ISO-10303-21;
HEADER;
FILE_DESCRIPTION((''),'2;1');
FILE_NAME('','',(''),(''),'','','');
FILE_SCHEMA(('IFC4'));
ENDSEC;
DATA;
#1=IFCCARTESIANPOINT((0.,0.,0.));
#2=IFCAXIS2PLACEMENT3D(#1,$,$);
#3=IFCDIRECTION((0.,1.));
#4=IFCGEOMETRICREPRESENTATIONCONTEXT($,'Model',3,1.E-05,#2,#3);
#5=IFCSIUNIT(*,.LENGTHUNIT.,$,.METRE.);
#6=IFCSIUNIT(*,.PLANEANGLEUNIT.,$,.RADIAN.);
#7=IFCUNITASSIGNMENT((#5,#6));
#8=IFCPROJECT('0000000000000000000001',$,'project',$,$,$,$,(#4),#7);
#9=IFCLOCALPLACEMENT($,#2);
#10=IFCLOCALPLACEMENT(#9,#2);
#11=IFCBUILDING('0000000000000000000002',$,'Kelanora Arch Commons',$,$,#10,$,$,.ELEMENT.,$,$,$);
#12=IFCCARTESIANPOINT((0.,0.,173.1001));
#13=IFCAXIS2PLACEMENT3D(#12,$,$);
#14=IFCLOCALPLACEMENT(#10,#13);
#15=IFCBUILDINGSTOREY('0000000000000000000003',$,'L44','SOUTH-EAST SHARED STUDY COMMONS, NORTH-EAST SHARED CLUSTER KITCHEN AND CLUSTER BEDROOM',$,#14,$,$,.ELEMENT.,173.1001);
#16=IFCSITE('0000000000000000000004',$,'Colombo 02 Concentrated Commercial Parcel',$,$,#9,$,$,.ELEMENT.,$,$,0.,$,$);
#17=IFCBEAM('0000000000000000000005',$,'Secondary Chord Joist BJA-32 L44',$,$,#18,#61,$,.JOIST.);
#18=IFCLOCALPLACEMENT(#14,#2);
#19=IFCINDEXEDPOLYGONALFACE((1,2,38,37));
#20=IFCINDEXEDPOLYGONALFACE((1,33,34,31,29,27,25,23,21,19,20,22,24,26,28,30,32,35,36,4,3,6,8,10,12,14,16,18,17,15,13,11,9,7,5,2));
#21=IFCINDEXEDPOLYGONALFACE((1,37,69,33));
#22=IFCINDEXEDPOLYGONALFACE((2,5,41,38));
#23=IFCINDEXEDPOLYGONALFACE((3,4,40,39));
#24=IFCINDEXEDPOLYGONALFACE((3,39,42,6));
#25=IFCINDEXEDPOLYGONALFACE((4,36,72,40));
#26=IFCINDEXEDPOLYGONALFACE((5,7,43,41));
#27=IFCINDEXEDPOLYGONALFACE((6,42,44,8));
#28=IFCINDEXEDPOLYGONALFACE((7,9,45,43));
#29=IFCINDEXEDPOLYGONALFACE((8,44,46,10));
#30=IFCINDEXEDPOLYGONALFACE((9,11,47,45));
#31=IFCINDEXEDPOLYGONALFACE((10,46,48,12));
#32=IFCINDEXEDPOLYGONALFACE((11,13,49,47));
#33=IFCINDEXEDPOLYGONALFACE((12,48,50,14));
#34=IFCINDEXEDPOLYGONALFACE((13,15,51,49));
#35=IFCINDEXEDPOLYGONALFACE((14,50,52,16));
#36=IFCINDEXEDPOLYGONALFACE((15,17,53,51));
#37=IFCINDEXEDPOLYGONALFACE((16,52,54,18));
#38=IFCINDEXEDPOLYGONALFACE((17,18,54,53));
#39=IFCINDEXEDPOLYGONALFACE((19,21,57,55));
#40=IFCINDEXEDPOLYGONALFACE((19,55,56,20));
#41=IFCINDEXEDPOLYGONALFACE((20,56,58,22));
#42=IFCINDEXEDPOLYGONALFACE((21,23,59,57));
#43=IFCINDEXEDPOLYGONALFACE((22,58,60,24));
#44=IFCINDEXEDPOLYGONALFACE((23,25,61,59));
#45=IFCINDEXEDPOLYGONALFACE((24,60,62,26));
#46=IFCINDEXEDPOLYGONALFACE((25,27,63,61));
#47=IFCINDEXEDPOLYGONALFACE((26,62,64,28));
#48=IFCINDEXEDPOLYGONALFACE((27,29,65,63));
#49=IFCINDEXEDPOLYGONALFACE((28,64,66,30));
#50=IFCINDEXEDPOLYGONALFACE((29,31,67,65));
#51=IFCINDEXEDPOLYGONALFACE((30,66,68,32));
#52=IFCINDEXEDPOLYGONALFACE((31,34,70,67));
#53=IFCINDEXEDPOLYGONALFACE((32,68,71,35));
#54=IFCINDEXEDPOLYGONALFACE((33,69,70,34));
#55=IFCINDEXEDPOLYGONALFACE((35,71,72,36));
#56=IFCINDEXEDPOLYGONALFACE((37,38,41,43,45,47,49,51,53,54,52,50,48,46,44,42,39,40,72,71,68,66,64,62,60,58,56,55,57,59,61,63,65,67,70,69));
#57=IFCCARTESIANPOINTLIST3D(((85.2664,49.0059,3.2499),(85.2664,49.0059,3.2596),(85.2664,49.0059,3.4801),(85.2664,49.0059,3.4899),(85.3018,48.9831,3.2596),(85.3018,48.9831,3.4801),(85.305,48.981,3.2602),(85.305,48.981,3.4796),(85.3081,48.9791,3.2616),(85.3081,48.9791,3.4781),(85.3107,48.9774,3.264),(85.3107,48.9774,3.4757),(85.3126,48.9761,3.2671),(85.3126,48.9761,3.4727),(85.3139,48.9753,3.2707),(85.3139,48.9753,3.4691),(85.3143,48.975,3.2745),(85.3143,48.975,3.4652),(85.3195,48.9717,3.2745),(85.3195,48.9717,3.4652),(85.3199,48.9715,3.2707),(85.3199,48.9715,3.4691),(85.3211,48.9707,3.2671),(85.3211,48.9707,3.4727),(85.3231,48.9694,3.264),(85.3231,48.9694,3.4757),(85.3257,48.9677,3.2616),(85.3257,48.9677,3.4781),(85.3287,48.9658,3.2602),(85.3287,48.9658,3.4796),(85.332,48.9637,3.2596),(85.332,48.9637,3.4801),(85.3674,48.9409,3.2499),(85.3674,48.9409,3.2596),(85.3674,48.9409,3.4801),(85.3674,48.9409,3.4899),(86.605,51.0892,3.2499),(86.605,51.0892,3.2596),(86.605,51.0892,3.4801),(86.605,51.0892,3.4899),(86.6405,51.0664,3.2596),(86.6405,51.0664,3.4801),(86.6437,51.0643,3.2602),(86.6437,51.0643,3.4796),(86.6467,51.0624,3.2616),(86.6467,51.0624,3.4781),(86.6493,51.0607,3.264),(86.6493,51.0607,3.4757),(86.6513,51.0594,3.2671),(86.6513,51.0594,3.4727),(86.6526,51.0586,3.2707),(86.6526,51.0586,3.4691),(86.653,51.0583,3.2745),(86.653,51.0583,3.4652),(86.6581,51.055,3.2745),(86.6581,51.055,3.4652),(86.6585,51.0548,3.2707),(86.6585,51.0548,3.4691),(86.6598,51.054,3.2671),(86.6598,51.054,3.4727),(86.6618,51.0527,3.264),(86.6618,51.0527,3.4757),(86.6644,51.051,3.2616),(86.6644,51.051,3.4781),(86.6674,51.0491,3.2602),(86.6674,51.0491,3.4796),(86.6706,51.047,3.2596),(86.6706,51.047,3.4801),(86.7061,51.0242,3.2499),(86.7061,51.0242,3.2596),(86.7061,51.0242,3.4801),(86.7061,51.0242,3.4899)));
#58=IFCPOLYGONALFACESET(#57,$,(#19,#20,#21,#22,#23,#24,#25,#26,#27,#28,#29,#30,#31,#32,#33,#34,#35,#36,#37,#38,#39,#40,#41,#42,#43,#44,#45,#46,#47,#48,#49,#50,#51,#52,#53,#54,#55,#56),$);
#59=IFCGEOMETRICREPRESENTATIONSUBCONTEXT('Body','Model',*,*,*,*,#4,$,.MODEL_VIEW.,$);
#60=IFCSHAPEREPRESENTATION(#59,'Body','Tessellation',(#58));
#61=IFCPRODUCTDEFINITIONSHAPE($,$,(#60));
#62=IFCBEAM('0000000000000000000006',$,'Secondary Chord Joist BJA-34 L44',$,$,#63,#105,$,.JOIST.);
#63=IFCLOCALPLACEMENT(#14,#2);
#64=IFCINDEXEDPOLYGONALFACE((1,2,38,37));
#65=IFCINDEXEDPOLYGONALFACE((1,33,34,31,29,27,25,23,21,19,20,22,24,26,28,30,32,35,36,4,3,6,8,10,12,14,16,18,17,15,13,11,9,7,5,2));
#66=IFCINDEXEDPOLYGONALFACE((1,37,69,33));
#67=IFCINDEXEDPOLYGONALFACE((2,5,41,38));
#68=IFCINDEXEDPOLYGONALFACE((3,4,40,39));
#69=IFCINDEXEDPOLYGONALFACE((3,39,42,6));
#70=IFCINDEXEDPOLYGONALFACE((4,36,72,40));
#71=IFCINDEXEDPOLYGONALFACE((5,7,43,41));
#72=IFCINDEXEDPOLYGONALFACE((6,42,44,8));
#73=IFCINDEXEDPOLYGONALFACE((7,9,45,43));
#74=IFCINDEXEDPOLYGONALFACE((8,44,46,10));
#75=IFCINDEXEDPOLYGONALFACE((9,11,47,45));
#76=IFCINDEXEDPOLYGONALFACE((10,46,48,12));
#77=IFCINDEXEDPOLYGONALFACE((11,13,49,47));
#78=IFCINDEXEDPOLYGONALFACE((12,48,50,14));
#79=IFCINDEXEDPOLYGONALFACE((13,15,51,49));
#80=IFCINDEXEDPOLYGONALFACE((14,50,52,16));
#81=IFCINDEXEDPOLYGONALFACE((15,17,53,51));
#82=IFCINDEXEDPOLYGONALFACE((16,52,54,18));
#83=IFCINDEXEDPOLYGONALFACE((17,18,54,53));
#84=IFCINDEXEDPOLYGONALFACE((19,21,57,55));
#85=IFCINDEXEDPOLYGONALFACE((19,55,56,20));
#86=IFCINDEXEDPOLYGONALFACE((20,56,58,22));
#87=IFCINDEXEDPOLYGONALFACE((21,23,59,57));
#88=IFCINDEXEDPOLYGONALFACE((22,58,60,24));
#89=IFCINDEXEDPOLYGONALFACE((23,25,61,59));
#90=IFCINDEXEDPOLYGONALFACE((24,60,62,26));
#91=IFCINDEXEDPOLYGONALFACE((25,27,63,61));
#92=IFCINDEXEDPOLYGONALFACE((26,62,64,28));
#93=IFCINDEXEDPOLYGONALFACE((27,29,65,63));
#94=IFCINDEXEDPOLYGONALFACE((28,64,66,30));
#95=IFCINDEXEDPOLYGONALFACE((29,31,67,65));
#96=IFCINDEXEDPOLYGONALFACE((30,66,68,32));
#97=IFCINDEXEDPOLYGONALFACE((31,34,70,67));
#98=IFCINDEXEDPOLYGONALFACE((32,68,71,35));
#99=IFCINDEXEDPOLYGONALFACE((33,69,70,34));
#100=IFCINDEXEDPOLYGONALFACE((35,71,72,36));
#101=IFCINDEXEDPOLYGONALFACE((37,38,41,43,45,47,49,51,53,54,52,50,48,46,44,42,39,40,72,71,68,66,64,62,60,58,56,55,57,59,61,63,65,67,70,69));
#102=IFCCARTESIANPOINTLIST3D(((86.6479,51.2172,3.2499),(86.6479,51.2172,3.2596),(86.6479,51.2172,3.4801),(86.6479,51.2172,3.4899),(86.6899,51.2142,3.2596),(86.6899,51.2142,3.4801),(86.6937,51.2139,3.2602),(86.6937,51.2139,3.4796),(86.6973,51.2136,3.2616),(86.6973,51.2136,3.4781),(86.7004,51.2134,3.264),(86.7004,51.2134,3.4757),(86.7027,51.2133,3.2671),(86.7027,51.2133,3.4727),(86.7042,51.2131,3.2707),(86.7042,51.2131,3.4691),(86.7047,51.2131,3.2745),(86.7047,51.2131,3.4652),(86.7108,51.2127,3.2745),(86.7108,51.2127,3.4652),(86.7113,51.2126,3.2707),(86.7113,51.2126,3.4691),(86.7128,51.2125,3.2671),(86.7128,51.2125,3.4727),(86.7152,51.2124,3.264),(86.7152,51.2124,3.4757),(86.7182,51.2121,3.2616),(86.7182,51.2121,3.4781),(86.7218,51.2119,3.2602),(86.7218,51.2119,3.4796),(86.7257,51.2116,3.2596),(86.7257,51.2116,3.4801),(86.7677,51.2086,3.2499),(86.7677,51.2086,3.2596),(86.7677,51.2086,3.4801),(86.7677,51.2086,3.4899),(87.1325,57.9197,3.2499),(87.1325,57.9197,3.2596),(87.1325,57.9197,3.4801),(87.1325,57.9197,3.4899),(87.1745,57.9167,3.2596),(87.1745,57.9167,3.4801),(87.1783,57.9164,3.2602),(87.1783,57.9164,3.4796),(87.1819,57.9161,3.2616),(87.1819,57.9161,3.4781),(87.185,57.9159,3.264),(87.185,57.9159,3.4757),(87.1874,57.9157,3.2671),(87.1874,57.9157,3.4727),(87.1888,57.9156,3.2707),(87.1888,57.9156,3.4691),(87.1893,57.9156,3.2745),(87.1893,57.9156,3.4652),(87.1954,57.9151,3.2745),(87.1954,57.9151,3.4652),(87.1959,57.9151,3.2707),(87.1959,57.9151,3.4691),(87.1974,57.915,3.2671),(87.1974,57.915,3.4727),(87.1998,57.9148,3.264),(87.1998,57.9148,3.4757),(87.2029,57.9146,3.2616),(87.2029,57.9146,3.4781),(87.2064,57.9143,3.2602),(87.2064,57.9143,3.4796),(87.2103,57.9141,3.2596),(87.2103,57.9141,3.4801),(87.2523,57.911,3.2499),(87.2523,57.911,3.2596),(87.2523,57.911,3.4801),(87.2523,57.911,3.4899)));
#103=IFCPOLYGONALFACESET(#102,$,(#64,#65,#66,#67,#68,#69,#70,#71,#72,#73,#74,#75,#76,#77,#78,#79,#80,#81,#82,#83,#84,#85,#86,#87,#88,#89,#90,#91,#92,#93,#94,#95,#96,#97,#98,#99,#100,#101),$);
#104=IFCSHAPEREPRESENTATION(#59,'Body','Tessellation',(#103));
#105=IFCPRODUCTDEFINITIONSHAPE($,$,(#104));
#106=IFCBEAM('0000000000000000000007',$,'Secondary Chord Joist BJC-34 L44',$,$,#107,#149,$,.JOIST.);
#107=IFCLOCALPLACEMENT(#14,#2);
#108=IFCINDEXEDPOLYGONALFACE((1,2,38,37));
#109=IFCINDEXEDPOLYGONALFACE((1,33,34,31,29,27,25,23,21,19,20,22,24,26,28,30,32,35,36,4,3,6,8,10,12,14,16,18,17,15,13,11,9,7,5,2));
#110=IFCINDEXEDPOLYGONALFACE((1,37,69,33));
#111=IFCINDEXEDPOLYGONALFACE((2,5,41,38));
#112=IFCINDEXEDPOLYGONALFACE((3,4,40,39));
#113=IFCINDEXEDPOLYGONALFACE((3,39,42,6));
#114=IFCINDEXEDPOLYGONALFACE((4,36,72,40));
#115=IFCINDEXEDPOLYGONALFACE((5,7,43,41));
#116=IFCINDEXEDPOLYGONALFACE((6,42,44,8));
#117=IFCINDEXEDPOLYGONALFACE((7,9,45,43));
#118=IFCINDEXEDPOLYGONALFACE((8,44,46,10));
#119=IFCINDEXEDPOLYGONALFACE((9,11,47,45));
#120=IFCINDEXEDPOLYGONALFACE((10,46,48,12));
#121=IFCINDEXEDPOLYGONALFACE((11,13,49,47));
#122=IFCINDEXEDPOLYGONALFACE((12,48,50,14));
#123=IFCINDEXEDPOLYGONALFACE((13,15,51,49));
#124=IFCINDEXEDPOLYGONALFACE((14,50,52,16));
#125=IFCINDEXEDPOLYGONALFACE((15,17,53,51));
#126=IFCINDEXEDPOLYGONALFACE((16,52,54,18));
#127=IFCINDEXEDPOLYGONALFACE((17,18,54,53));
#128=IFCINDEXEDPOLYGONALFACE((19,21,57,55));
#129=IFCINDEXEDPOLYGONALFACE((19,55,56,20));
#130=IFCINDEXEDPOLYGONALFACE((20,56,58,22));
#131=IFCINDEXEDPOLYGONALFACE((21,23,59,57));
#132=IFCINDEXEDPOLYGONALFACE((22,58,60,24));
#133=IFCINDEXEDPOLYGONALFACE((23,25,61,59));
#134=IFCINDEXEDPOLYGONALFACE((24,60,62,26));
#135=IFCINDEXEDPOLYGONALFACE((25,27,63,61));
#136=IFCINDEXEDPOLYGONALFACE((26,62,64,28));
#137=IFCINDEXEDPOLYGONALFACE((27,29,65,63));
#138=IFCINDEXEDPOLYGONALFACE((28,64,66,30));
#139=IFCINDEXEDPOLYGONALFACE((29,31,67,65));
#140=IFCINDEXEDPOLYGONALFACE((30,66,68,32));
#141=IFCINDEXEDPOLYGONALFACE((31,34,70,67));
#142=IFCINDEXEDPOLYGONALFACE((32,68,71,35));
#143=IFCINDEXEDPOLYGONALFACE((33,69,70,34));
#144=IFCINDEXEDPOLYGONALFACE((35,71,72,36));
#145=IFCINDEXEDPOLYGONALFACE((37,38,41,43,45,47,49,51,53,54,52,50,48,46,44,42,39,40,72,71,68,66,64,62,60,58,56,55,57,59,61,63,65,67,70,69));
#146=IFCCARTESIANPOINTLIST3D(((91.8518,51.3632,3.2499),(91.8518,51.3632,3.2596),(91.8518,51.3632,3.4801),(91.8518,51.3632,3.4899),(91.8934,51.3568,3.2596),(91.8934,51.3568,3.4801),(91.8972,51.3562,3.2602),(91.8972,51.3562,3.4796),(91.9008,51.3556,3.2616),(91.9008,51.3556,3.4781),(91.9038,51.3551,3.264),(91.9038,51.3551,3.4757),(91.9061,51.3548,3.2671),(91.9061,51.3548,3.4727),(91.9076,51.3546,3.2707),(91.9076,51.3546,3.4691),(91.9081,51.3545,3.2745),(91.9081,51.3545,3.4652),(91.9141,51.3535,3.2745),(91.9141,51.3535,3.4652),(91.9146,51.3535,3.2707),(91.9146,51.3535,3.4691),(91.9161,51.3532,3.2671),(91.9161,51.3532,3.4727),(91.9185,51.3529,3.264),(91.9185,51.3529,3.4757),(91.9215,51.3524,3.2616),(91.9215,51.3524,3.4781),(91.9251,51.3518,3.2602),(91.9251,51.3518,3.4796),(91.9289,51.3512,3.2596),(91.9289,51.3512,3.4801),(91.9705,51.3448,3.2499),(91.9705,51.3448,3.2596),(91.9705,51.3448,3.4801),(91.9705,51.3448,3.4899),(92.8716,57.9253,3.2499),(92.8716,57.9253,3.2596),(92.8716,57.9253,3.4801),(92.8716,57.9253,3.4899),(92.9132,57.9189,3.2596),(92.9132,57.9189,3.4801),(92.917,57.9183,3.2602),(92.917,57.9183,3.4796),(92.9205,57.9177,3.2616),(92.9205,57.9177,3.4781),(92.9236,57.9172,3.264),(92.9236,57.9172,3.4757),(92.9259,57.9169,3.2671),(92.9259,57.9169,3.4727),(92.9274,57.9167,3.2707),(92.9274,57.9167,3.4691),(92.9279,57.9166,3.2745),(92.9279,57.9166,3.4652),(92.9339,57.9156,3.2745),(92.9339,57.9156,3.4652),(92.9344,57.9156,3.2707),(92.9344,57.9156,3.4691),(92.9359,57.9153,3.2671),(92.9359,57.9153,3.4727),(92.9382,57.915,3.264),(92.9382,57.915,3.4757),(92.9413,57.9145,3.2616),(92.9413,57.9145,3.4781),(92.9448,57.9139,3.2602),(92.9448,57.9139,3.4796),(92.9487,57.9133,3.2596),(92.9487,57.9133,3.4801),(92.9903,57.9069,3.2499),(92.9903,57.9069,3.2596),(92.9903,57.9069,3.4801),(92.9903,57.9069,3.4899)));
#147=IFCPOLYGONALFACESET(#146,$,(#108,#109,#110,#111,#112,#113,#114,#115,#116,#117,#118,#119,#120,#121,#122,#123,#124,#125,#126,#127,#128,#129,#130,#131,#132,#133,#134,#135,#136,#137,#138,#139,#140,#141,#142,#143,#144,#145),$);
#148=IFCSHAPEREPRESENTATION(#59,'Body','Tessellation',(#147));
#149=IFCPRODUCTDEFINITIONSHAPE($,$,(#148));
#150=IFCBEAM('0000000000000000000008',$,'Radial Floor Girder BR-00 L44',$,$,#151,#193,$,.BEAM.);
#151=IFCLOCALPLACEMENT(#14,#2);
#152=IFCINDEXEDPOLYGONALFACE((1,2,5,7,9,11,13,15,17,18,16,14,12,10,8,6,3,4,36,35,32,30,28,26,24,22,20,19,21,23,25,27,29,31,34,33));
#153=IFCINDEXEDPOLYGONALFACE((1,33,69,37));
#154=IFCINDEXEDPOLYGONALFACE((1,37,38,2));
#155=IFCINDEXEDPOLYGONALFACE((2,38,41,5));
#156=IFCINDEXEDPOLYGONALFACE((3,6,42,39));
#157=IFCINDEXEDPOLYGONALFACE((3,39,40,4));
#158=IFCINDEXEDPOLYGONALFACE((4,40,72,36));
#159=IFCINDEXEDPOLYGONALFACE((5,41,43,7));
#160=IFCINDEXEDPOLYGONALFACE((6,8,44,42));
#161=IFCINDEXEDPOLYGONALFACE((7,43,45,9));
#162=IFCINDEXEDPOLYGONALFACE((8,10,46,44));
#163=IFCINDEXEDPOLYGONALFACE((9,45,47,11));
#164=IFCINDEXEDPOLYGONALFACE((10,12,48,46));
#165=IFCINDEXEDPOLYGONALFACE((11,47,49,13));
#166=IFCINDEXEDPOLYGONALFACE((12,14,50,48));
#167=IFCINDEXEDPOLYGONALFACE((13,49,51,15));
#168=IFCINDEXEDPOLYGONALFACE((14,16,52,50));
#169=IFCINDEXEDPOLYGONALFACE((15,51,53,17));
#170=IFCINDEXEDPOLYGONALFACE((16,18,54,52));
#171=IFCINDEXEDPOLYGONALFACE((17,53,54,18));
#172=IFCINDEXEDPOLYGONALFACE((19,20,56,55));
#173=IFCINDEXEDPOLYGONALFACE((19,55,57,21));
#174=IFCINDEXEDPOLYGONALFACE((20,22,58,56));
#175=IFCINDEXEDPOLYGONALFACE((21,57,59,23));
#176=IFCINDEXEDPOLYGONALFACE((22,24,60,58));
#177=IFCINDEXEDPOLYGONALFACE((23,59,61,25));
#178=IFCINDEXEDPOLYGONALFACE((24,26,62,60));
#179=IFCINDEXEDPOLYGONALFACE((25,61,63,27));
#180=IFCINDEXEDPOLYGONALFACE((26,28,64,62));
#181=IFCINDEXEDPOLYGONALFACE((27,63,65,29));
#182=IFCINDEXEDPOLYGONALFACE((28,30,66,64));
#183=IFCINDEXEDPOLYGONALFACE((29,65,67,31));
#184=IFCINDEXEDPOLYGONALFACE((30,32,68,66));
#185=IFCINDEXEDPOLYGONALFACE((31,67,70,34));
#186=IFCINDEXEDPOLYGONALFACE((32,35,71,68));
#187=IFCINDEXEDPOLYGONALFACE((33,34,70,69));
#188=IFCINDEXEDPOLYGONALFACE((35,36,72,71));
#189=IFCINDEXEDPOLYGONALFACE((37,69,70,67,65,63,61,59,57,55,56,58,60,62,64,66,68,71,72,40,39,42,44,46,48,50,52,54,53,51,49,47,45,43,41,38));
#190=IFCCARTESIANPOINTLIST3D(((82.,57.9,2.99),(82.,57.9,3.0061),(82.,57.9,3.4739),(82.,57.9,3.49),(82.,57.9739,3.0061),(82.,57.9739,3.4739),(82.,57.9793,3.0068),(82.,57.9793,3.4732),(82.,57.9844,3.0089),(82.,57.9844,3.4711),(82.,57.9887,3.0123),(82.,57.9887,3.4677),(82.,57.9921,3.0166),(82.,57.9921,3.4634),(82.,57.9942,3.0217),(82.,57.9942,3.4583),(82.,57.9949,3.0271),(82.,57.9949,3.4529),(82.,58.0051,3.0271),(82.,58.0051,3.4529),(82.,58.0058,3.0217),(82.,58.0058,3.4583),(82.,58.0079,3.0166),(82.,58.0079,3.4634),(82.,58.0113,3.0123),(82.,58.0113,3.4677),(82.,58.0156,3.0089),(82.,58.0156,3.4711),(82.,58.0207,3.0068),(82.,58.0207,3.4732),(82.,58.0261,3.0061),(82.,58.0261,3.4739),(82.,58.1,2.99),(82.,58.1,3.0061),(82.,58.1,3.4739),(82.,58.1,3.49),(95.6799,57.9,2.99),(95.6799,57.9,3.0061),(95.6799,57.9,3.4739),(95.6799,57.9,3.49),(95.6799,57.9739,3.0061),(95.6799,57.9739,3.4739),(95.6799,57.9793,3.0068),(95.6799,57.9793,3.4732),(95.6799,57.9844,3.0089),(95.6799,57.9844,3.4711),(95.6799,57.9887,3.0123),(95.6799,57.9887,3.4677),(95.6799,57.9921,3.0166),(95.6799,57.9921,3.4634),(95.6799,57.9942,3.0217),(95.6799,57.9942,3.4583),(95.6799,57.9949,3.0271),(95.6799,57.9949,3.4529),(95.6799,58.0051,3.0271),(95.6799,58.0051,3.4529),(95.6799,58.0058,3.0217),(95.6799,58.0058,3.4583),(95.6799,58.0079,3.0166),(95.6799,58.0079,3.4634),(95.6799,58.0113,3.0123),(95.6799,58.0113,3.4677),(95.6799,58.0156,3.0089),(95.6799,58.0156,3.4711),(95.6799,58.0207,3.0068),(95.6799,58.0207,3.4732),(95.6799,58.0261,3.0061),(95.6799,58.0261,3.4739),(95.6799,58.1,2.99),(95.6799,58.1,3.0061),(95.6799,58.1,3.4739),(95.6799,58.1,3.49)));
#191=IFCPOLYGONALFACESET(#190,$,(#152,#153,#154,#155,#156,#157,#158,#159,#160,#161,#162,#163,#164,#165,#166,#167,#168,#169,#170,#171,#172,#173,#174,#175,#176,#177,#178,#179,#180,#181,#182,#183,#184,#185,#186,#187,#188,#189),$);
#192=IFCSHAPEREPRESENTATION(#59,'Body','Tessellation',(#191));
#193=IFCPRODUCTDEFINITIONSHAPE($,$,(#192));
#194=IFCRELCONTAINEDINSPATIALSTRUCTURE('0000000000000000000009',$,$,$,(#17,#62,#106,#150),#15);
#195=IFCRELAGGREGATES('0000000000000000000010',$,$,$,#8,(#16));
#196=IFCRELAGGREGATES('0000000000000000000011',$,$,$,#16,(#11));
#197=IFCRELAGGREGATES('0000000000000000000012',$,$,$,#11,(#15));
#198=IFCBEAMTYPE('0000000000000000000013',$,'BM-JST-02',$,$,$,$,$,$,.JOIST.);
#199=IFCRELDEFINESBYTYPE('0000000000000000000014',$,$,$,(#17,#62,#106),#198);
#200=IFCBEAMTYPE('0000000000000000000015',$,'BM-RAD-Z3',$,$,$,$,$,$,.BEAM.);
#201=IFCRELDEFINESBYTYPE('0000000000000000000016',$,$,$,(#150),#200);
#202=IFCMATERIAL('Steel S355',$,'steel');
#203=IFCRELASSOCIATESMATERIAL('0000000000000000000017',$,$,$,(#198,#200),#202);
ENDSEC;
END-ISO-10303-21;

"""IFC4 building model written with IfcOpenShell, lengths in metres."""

from ifc_helpers import new_model, si_unit, direction, frame, origin, origin_2d, place, context, subcontext, project, spatial, i_section, extrude, material, material_profile, profile_set, type_object, element, save


model = new_model("IFC4")

# Units and contexts
model_context = context("Model", 3, precision=1e-05, world=origin(), true_north=direction((0.0, 1.0)))
body_context = subcontext(model_context, "Body", "Model", "MODEL_VIEW")
ifc_project = project(units=[si_unit("LENGTHUNIT", "METRE"), si_unit("PLANEANGLEUNIT", "RADIAN")], contexts=[model_context])

# Site, building, storey
site_placement = place(None, origin())
site = spatial("IfcSite", under=ifc_project, at=site_placement, Name="Colombo 02 Concentrated Commercial Parcel", CompositionType="ELEMENT", RefElevation=0.0)
building_placement = place(site_placement, origin())
building = spatial("IfcBuilding", under=site, at=building_placement, Name="Kelanora Arch Commons", CompositionType="ELEMENT")
storey_placement = place(building_placement, frame((0.0, 0.0, 173.1001)))
storey = spatial("IfcBuildingStorey", under=building, at=storey_placement, Name="L44", Description="SOUTH-EAST SHARED STUDY COMMONS, NORTH-EAST SHARED CLUSTER KITCHEN AND CLUSTER BEDROOM", CompositionType="ELEMENT", Elevation=173.1001)

# Beams
ifc_material_1 = material(Name="Steel S355", Category="steel")
ifc_material_profile_1 = material_profile(ifc_material_1, i_section(OverallWidth=0.1201, OverallDepth=0.24, WebThickness=0.0061, FlangeThickness=0.0098, FilletRadius=0.0149, at=origin_2d()), Name="IPE240")
ifc_profile_set_1 = profile_set([ifc_material_profile_1], Name="Steel S355")
beam_type_1 = type_object("IfcBeamType", Name="BM-JST-02", PredefinedType="JOIST", material=ifc_profile_set_1)
beam_1_placement = place(storey_placement, frame((85.3169, 48.9734, 3.3699), z_axis=(0.540583, 0.841291, 0.0), x_axis=(-0.841291, 0.540583, 0.0)))
element("IfcBeam", 1, at=beam_1_placement, inside=storey, type_object=beam_type_1, Name="Secondary Chord Joist BJA-32 L44", PredefinedType="JOIST", context=body_context, shape_type="SweptSolid", body=[
    extrude(i_section(OverallWidth=0.1201, OverallDepth=0.24, WebThickness=0.0061, FlangeThickness=0.0098, FilletRadius=0.0149, at=origin_2d()), origin(), (0.0, 0.0, 1.0), 2.4763),
])
beam_2_placement = place(storey_placement, frame((86.7078, 51.2129, 3.3699), z_axis=(0.072117, 0.997396, 0.0), x_axis=(-0.997396, 0.072117, 0.0)))
element("IfcBeam", 2, at=beam_2_placement, inside=storey, type_object=beam_type_1, Name="Secondary Chord Joist BJA-34 L44", PredefinedType="JOIST", context=body_context, shape_type="SweptSolid", body=[
    extrude(i_section(OverallWidth=0.1201, OverallDepth=0.24, WebThickness=0.0061, FlangeThickness=0.0098, FilletRadius=0.0149, at=origin_2d()), origin(), (0.0, 0.0, 1.0), 6.72),
])
beam_3_placement = place(storey_placement, frame((91.9111, 51.354, 3.3699), z_axis=(0.153563, 0.988139, 0.0), x_axis=(-0.988139, 0.153563, 0.0)))
element("IfcBeam", 3, at=beam_3_placement, inside=storey, type_object=beam_type_1, Name="Secondary Chord Joist BJC-34 L44", PredefinedType="JOIST", context=body_context, shape_type="SweptSolid", body=[
    extrude(i_section(OverallWidth=0.1201, OverallDepth=0.24, WebThickness=0.0061, FlangeThickness=0.0098, FilletRadius=0.0149, at=origin_2d()), origin(), (0.0, 0.0, 1.0), 6.6409),
])
ifc_material_profile_2 = material_profile(ifc_material_1, i_section(OverallWidth=0.2, OverallDepth=0.5, WebThickness=0.0103, FlangeThickness=0.0161, FilletRadius=0.021, at=origin_2d()), Name="IPE500")
ifc_profile_set_2 = profile_set([ifc_material_profile_2], Name="Steel S355")
beam_type_2 = type_object("IfcBeamType", Name="BM-RAD-Z3", PredefinedType="BEAM", material=ifc_profile_set_2)
beam_4_placement = place(storey_placement, frame((82.0, 58.0, 3.24), z_axis=(1.0, 0.0, 0.0), x_axis=(0.0, 1.0, 0.0)))
element("IfcBeam", 4, at=beam_4_placement, inside=storey, type_object=beam_type_2, Name="Radial Floor Girder BR-00 L44", PredefinedType="BEAM", context=body_context, shape_type="SweptSolid", body=[
    extrude(i_section(OverallWidth=0.2, OverallDepth=0.5, WebThickness=0.0103, FlangeThickness=0.0161, FilletRadius=0.021, at=origin_2d()), origin(), (0.0, 0.0, 1.0), 13.6799),
])

save(model, "model.ifc")
